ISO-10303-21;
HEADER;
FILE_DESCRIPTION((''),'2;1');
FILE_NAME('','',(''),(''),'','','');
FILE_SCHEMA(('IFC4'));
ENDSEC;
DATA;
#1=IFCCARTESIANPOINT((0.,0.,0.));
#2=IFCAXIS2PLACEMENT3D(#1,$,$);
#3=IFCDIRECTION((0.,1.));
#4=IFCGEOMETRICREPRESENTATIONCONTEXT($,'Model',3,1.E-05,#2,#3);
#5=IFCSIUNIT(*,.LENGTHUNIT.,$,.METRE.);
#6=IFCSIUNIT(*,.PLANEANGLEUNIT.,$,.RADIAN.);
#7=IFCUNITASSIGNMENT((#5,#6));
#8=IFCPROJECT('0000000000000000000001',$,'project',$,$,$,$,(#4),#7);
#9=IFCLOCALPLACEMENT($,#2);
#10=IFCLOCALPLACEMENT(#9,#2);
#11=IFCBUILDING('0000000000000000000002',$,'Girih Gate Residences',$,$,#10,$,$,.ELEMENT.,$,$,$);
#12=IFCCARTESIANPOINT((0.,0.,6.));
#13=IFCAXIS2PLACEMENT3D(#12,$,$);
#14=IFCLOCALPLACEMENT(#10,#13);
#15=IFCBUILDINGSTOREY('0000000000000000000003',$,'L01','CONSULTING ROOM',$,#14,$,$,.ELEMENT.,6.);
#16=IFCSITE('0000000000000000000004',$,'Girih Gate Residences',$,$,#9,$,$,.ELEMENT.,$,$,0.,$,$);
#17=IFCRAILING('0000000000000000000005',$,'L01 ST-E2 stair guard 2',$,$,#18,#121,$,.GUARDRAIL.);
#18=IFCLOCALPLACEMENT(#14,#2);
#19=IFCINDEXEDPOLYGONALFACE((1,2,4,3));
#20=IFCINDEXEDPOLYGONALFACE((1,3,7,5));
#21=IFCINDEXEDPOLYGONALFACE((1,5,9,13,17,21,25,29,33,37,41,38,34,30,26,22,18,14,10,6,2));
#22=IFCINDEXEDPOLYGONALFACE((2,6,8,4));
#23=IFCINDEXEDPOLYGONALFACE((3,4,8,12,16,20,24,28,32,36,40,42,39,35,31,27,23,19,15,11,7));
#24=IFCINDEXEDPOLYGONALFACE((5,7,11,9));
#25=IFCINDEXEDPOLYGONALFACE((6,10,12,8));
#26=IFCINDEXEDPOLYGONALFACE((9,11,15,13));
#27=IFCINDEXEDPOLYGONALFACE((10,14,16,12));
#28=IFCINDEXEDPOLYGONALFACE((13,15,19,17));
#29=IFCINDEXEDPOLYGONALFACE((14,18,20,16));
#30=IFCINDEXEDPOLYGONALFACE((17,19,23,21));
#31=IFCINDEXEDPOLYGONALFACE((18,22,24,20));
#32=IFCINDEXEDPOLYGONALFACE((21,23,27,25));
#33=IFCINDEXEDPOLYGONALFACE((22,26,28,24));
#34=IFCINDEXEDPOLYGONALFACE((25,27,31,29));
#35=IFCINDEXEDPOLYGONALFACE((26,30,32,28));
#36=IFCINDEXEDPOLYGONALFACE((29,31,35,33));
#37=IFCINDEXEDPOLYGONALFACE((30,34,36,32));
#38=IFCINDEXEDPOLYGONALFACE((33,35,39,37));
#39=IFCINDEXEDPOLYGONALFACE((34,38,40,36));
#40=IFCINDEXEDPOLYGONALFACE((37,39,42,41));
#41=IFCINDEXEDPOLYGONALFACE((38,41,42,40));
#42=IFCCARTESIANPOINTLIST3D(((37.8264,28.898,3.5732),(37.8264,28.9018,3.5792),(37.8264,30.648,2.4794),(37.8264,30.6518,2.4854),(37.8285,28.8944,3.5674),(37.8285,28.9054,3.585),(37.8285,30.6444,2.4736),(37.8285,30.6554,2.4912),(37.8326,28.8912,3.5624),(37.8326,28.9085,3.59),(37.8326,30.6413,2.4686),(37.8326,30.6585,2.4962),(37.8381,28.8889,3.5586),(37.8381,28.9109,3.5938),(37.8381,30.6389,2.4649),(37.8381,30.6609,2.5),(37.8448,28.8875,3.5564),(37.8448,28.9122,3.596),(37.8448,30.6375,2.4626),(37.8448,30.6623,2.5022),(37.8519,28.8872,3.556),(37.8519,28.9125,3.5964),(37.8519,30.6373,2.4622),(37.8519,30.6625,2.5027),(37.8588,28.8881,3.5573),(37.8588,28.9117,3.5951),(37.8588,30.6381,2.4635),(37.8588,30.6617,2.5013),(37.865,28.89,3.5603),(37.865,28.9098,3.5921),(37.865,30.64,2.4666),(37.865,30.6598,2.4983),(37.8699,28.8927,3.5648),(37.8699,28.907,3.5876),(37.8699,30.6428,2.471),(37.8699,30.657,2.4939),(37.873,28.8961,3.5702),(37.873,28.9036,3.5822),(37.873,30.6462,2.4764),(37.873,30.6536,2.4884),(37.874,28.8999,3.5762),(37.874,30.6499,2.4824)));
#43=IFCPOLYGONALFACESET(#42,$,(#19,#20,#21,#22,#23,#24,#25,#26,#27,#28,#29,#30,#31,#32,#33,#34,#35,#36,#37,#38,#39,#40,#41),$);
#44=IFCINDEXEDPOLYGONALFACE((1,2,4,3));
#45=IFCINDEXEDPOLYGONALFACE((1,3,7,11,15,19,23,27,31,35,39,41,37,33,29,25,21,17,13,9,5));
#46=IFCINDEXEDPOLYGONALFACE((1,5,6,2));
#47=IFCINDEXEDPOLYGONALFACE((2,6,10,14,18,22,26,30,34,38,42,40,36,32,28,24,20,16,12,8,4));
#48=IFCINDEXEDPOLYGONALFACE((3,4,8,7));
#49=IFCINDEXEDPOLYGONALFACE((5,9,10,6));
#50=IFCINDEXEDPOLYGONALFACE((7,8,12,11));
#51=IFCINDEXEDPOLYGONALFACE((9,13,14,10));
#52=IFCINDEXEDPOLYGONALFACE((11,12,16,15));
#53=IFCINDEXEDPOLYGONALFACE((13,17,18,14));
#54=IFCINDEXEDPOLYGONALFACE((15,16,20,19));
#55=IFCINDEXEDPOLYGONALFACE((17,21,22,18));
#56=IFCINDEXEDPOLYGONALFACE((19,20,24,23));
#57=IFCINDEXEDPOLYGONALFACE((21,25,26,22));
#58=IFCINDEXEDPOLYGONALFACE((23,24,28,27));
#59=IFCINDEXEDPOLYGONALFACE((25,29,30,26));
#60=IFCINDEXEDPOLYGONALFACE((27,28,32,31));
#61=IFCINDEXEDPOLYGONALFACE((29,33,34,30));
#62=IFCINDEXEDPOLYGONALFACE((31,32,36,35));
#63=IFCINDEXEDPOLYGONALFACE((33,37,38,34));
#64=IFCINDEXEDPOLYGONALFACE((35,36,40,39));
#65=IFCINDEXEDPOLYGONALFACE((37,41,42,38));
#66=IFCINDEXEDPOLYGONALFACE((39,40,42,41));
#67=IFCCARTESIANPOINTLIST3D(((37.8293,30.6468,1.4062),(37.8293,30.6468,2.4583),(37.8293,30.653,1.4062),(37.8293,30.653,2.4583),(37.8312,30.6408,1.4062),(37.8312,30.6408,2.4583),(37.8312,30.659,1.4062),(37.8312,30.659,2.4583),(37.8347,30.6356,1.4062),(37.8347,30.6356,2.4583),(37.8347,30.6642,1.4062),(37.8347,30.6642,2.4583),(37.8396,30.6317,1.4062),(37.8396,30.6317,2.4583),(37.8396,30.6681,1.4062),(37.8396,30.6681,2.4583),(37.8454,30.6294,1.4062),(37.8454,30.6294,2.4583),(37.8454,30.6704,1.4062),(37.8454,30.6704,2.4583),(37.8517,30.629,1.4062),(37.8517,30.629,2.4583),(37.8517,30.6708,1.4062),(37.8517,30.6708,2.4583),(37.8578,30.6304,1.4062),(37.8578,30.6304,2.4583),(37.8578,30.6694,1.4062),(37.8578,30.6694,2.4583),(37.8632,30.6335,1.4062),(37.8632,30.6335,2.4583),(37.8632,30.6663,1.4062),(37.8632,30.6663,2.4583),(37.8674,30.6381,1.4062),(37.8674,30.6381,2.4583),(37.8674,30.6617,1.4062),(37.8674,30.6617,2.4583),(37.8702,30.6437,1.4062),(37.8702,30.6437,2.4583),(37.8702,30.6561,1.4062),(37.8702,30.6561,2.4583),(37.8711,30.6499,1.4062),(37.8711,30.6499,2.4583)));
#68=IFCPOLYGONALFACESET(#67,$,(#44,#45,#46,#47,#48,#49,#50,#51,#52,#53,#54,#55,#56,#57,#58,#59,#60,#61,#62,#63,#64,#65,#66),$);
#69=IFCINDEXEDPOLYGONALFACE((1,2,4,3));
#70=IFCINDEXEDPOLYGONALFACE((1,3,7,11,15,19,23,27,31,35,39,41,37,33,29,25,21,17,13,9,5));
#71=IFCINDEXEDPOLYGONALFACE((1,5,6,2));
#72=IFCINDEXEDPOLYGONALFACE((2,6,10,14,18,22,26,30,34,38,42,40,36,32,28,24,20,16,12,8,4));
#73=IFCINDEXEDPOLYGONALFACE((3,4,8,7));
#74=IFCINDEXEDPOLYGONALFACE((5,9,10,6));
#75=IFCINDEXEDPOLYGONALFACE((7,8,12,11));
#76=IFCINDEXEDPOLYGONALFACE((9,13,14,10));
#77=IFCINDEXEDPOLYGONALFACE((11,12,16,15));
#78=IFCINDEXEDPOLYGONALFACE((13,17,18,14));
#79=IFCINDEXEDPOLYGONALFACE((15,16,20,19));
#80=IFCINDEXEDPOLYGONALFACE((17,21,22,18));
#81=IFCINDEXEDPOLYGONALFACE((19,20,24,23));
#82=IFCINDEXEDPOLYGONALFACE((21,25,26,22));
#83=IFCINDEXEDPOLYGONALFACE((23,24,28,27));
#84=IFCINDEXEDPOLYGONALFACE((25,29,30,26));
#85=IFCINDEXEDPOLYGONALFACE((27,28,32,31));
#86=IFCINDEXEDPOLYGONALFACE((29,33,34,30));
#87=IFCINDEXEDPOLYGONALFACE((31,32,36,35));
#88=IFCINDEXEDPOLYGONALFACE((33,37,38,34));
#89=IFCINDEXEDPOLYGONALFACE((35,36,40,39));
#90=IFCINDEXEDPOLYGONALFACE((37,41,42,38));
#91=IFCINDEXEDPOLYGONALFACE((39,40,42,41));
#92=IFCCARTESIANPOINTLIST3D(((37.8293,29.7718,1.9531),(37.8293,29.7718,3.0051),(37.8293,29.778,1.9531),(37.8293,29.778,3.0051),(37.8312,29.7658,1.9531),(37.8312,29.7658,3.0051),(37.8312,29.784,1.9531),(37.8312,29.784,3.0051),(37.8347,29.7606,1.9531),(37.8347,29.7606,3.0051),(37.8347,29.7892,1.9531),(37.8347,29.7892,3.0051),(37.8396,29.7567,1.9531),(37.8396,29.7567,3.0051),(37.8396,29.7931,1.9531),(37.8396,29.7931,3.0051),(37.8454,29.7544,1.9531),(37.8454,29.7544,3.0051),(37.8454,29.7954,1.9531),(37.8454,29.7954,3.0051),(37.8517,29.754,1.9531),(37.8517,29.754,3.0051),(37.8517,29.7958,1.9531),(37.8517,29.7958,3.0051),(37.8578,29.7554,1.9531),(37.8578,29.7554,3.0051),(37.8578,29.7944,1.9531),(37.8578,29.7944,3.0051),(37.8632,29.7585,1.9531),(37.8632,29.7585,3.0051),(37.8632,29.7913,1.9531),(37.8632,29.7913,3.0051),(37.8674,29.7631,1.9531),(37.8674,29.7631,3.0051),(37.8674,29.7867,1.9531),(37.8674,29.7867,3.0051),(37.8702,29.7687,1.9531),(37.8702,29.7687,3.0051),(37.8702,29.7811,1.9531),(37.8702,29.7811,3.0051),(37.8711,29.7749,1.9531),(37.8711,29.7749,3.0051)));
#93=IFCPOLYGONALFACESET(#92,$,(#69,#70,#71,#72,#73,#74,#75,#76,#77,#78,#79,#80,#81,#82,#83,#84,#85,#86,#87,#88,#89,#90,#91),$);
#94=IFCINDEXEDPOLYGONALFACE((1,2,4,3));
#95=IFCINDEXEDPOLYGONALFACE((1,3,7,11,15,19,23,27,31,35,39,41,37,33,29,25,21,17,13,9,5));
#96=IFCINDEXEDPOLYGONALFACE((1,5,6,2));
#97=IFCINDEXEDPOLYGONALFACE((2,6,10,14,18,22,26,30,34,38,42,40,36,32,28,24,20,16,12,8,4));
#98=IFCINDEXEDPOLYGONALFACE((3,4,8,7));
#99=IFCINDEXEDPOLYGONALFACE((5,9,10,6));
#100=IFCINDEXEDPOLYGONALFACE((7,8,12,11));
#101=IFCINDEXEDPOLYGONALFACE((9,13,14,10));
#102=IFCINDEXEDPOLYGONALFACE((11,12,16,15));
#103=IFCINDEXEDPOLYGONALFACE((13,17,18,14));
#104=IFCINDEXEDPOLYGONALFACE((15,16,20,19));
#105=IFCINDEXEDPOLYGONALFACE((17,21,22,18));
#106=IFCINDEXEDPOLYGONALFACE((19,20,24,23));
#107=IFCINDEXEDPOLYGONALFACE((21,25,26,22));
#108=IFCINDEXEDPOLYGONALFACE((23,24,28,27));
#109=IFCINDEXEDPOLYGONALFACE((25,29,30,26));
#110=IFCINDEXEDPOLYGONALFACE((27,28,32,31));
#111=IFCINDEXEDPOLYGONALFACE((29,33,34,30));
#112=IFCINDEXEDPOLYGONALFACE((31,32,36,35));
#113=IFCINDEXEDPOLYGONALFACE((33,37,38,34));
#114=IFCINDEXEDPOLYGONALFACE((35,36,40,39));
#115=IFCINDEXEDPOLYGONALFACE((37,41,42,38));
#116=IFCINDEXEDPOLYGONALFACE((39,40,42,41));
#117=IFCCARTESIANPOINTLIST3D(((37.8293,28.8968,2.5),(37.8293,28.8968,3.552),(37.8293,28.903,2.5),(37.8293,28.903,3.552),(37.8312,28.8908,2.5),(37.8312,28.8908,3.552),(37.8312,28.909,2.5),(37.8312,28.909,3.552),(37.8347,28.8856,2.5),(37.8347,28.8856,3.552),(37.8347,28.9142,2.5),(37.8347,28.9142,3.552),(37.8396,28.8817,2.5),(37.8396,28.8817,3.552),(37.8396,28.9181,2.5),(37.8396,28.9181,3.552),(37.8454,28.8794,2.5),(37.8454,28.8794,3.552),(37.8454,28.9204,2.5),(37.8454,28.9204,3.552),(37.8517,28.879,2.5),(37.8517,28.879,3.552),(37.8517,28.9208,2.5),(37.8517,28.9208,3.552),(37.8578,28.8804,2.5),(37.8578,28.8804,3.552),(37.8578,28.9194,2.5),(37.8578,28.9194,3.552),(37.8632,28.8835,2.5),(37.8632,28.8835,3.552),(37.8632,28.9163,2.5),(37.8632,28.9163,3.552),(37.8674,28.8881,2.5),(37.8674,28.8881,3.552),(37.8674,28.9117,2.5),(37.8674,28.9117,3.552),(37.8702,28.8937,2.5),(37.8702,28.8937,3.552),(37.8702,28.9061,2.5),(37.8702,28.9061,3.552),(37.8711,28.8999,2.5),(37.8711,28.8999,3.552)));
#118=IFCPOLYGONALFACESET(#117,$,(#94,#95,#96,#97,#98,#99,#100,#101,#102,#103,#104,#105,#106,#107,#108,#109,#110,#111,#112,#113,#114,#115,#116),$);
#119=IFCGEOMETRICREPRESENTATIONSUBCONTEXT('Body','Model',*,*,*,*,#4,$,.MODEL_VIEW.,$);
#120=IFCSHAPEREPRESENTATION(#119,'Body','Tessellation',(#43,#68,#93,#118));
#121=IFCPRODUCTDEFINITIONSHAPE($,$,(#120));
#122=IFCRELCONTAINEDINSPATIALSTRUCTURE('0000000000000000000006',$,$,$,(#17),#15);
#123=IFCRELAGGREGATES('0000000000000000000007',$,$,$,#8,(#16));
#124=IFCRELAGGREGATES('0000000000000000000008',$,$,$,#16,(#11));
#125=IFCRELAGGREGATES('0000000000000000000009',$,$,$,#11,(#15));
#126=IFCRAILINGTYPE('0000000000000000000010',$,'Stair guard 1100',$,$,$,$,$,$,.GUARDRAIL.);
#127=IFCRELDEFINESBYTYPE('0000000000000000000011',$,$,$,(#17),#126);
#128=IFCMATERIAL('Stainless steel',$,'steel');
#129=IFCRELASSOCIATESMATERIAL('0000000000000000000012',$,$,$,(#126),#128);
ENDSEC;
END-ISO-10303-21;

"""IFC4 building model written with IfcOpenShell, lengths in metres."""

from ifc_helpers import new_model, si_unit, direction, frame, origin, origin_2d, place, context, subcontext, project, spatial, circle, extrude, material, type_object, element, save


model = new_model("IFC4")

# Units and contexts
model_context = context("Model", 3, precision=1e-05, world=origin(), true_north=direction((0.0, 1.0)))
body_context = subcontext(model_context, "Body", "Model", "MODEL_VIEW")
ifc_project = project(units=[si_unit("LENGTHUNIT", "METRE"), si_unit("PLANEANGLEUNIT", "RADIAN")], contexts=[model_context])

# Site, building, storey
site_placement = place(None, origin())
site = spatial("IfcSite", under=ifc_project, at=site_placement, Name="Girih Gate Residences", CompositionType="ELEMENT", RefElevation=0.0)
building_placement = place(site_placement, origin())
building = spatial("IfcBuilding", under=site, at=building_placement, Name="Girih Gate Residences", CompositionType="ELEMENT")
storey_placement = place(building_placement, frame((0.0, 0.0, 6.0)))
storey = spatial("IfcBuildingStorey", under=building, at=storey_placement, Name="L01", Description="CONSULTING ROOM", CompositionType="ELEMENT", Elevation=6.0)

# Railing
ifc_material_1 = material(Name="Stainless steel", Category="steel")
railing_type_1 = type_object("IfcRailingType", Name="Stair guard 1100", PredefinedType="GUARDRAIL", material=ifc_material_1)
railing_1_placement = place(storey_placement, frame((37.8501, 30.6499, 1.4062)))
element("IfcRailing", 1, at=railing_1_placement, inside=storey, type_object=railing_type_1, Name="L01 ST-E2 stair guard 2", PredefinedType="GUARDRAIL", context=body_context, shape_type="SweptSolid", body=[
    extrude(circle(Radius=0.0239, at=origin_2d()), frame((0.0, 0.0, 1.0762), z_axis=(0.0, -0.847998, 0.529999), x_axis=(1.0, 0.0, 0.0)), (0.0, 0.0, 1.0), 2.0637),
    extrude(circle(Radius=0.021, at=origin_2d()), origin(), (0.0, 0.0, 1.0), 1.052),
    extrude(circle(Radius=0.021, at=origin_2d()), frame((0.0, -0.875, 0.5469)), (0.0, 0.0, 1.0), 1.052),
    extrude(circle(Radius=0.021, at=origin_2d()), frame((0.0, -1.75, 1.0938)), (0.0, 0.0, 1.0), 1.052),
])

save(model, "model.ifc")
